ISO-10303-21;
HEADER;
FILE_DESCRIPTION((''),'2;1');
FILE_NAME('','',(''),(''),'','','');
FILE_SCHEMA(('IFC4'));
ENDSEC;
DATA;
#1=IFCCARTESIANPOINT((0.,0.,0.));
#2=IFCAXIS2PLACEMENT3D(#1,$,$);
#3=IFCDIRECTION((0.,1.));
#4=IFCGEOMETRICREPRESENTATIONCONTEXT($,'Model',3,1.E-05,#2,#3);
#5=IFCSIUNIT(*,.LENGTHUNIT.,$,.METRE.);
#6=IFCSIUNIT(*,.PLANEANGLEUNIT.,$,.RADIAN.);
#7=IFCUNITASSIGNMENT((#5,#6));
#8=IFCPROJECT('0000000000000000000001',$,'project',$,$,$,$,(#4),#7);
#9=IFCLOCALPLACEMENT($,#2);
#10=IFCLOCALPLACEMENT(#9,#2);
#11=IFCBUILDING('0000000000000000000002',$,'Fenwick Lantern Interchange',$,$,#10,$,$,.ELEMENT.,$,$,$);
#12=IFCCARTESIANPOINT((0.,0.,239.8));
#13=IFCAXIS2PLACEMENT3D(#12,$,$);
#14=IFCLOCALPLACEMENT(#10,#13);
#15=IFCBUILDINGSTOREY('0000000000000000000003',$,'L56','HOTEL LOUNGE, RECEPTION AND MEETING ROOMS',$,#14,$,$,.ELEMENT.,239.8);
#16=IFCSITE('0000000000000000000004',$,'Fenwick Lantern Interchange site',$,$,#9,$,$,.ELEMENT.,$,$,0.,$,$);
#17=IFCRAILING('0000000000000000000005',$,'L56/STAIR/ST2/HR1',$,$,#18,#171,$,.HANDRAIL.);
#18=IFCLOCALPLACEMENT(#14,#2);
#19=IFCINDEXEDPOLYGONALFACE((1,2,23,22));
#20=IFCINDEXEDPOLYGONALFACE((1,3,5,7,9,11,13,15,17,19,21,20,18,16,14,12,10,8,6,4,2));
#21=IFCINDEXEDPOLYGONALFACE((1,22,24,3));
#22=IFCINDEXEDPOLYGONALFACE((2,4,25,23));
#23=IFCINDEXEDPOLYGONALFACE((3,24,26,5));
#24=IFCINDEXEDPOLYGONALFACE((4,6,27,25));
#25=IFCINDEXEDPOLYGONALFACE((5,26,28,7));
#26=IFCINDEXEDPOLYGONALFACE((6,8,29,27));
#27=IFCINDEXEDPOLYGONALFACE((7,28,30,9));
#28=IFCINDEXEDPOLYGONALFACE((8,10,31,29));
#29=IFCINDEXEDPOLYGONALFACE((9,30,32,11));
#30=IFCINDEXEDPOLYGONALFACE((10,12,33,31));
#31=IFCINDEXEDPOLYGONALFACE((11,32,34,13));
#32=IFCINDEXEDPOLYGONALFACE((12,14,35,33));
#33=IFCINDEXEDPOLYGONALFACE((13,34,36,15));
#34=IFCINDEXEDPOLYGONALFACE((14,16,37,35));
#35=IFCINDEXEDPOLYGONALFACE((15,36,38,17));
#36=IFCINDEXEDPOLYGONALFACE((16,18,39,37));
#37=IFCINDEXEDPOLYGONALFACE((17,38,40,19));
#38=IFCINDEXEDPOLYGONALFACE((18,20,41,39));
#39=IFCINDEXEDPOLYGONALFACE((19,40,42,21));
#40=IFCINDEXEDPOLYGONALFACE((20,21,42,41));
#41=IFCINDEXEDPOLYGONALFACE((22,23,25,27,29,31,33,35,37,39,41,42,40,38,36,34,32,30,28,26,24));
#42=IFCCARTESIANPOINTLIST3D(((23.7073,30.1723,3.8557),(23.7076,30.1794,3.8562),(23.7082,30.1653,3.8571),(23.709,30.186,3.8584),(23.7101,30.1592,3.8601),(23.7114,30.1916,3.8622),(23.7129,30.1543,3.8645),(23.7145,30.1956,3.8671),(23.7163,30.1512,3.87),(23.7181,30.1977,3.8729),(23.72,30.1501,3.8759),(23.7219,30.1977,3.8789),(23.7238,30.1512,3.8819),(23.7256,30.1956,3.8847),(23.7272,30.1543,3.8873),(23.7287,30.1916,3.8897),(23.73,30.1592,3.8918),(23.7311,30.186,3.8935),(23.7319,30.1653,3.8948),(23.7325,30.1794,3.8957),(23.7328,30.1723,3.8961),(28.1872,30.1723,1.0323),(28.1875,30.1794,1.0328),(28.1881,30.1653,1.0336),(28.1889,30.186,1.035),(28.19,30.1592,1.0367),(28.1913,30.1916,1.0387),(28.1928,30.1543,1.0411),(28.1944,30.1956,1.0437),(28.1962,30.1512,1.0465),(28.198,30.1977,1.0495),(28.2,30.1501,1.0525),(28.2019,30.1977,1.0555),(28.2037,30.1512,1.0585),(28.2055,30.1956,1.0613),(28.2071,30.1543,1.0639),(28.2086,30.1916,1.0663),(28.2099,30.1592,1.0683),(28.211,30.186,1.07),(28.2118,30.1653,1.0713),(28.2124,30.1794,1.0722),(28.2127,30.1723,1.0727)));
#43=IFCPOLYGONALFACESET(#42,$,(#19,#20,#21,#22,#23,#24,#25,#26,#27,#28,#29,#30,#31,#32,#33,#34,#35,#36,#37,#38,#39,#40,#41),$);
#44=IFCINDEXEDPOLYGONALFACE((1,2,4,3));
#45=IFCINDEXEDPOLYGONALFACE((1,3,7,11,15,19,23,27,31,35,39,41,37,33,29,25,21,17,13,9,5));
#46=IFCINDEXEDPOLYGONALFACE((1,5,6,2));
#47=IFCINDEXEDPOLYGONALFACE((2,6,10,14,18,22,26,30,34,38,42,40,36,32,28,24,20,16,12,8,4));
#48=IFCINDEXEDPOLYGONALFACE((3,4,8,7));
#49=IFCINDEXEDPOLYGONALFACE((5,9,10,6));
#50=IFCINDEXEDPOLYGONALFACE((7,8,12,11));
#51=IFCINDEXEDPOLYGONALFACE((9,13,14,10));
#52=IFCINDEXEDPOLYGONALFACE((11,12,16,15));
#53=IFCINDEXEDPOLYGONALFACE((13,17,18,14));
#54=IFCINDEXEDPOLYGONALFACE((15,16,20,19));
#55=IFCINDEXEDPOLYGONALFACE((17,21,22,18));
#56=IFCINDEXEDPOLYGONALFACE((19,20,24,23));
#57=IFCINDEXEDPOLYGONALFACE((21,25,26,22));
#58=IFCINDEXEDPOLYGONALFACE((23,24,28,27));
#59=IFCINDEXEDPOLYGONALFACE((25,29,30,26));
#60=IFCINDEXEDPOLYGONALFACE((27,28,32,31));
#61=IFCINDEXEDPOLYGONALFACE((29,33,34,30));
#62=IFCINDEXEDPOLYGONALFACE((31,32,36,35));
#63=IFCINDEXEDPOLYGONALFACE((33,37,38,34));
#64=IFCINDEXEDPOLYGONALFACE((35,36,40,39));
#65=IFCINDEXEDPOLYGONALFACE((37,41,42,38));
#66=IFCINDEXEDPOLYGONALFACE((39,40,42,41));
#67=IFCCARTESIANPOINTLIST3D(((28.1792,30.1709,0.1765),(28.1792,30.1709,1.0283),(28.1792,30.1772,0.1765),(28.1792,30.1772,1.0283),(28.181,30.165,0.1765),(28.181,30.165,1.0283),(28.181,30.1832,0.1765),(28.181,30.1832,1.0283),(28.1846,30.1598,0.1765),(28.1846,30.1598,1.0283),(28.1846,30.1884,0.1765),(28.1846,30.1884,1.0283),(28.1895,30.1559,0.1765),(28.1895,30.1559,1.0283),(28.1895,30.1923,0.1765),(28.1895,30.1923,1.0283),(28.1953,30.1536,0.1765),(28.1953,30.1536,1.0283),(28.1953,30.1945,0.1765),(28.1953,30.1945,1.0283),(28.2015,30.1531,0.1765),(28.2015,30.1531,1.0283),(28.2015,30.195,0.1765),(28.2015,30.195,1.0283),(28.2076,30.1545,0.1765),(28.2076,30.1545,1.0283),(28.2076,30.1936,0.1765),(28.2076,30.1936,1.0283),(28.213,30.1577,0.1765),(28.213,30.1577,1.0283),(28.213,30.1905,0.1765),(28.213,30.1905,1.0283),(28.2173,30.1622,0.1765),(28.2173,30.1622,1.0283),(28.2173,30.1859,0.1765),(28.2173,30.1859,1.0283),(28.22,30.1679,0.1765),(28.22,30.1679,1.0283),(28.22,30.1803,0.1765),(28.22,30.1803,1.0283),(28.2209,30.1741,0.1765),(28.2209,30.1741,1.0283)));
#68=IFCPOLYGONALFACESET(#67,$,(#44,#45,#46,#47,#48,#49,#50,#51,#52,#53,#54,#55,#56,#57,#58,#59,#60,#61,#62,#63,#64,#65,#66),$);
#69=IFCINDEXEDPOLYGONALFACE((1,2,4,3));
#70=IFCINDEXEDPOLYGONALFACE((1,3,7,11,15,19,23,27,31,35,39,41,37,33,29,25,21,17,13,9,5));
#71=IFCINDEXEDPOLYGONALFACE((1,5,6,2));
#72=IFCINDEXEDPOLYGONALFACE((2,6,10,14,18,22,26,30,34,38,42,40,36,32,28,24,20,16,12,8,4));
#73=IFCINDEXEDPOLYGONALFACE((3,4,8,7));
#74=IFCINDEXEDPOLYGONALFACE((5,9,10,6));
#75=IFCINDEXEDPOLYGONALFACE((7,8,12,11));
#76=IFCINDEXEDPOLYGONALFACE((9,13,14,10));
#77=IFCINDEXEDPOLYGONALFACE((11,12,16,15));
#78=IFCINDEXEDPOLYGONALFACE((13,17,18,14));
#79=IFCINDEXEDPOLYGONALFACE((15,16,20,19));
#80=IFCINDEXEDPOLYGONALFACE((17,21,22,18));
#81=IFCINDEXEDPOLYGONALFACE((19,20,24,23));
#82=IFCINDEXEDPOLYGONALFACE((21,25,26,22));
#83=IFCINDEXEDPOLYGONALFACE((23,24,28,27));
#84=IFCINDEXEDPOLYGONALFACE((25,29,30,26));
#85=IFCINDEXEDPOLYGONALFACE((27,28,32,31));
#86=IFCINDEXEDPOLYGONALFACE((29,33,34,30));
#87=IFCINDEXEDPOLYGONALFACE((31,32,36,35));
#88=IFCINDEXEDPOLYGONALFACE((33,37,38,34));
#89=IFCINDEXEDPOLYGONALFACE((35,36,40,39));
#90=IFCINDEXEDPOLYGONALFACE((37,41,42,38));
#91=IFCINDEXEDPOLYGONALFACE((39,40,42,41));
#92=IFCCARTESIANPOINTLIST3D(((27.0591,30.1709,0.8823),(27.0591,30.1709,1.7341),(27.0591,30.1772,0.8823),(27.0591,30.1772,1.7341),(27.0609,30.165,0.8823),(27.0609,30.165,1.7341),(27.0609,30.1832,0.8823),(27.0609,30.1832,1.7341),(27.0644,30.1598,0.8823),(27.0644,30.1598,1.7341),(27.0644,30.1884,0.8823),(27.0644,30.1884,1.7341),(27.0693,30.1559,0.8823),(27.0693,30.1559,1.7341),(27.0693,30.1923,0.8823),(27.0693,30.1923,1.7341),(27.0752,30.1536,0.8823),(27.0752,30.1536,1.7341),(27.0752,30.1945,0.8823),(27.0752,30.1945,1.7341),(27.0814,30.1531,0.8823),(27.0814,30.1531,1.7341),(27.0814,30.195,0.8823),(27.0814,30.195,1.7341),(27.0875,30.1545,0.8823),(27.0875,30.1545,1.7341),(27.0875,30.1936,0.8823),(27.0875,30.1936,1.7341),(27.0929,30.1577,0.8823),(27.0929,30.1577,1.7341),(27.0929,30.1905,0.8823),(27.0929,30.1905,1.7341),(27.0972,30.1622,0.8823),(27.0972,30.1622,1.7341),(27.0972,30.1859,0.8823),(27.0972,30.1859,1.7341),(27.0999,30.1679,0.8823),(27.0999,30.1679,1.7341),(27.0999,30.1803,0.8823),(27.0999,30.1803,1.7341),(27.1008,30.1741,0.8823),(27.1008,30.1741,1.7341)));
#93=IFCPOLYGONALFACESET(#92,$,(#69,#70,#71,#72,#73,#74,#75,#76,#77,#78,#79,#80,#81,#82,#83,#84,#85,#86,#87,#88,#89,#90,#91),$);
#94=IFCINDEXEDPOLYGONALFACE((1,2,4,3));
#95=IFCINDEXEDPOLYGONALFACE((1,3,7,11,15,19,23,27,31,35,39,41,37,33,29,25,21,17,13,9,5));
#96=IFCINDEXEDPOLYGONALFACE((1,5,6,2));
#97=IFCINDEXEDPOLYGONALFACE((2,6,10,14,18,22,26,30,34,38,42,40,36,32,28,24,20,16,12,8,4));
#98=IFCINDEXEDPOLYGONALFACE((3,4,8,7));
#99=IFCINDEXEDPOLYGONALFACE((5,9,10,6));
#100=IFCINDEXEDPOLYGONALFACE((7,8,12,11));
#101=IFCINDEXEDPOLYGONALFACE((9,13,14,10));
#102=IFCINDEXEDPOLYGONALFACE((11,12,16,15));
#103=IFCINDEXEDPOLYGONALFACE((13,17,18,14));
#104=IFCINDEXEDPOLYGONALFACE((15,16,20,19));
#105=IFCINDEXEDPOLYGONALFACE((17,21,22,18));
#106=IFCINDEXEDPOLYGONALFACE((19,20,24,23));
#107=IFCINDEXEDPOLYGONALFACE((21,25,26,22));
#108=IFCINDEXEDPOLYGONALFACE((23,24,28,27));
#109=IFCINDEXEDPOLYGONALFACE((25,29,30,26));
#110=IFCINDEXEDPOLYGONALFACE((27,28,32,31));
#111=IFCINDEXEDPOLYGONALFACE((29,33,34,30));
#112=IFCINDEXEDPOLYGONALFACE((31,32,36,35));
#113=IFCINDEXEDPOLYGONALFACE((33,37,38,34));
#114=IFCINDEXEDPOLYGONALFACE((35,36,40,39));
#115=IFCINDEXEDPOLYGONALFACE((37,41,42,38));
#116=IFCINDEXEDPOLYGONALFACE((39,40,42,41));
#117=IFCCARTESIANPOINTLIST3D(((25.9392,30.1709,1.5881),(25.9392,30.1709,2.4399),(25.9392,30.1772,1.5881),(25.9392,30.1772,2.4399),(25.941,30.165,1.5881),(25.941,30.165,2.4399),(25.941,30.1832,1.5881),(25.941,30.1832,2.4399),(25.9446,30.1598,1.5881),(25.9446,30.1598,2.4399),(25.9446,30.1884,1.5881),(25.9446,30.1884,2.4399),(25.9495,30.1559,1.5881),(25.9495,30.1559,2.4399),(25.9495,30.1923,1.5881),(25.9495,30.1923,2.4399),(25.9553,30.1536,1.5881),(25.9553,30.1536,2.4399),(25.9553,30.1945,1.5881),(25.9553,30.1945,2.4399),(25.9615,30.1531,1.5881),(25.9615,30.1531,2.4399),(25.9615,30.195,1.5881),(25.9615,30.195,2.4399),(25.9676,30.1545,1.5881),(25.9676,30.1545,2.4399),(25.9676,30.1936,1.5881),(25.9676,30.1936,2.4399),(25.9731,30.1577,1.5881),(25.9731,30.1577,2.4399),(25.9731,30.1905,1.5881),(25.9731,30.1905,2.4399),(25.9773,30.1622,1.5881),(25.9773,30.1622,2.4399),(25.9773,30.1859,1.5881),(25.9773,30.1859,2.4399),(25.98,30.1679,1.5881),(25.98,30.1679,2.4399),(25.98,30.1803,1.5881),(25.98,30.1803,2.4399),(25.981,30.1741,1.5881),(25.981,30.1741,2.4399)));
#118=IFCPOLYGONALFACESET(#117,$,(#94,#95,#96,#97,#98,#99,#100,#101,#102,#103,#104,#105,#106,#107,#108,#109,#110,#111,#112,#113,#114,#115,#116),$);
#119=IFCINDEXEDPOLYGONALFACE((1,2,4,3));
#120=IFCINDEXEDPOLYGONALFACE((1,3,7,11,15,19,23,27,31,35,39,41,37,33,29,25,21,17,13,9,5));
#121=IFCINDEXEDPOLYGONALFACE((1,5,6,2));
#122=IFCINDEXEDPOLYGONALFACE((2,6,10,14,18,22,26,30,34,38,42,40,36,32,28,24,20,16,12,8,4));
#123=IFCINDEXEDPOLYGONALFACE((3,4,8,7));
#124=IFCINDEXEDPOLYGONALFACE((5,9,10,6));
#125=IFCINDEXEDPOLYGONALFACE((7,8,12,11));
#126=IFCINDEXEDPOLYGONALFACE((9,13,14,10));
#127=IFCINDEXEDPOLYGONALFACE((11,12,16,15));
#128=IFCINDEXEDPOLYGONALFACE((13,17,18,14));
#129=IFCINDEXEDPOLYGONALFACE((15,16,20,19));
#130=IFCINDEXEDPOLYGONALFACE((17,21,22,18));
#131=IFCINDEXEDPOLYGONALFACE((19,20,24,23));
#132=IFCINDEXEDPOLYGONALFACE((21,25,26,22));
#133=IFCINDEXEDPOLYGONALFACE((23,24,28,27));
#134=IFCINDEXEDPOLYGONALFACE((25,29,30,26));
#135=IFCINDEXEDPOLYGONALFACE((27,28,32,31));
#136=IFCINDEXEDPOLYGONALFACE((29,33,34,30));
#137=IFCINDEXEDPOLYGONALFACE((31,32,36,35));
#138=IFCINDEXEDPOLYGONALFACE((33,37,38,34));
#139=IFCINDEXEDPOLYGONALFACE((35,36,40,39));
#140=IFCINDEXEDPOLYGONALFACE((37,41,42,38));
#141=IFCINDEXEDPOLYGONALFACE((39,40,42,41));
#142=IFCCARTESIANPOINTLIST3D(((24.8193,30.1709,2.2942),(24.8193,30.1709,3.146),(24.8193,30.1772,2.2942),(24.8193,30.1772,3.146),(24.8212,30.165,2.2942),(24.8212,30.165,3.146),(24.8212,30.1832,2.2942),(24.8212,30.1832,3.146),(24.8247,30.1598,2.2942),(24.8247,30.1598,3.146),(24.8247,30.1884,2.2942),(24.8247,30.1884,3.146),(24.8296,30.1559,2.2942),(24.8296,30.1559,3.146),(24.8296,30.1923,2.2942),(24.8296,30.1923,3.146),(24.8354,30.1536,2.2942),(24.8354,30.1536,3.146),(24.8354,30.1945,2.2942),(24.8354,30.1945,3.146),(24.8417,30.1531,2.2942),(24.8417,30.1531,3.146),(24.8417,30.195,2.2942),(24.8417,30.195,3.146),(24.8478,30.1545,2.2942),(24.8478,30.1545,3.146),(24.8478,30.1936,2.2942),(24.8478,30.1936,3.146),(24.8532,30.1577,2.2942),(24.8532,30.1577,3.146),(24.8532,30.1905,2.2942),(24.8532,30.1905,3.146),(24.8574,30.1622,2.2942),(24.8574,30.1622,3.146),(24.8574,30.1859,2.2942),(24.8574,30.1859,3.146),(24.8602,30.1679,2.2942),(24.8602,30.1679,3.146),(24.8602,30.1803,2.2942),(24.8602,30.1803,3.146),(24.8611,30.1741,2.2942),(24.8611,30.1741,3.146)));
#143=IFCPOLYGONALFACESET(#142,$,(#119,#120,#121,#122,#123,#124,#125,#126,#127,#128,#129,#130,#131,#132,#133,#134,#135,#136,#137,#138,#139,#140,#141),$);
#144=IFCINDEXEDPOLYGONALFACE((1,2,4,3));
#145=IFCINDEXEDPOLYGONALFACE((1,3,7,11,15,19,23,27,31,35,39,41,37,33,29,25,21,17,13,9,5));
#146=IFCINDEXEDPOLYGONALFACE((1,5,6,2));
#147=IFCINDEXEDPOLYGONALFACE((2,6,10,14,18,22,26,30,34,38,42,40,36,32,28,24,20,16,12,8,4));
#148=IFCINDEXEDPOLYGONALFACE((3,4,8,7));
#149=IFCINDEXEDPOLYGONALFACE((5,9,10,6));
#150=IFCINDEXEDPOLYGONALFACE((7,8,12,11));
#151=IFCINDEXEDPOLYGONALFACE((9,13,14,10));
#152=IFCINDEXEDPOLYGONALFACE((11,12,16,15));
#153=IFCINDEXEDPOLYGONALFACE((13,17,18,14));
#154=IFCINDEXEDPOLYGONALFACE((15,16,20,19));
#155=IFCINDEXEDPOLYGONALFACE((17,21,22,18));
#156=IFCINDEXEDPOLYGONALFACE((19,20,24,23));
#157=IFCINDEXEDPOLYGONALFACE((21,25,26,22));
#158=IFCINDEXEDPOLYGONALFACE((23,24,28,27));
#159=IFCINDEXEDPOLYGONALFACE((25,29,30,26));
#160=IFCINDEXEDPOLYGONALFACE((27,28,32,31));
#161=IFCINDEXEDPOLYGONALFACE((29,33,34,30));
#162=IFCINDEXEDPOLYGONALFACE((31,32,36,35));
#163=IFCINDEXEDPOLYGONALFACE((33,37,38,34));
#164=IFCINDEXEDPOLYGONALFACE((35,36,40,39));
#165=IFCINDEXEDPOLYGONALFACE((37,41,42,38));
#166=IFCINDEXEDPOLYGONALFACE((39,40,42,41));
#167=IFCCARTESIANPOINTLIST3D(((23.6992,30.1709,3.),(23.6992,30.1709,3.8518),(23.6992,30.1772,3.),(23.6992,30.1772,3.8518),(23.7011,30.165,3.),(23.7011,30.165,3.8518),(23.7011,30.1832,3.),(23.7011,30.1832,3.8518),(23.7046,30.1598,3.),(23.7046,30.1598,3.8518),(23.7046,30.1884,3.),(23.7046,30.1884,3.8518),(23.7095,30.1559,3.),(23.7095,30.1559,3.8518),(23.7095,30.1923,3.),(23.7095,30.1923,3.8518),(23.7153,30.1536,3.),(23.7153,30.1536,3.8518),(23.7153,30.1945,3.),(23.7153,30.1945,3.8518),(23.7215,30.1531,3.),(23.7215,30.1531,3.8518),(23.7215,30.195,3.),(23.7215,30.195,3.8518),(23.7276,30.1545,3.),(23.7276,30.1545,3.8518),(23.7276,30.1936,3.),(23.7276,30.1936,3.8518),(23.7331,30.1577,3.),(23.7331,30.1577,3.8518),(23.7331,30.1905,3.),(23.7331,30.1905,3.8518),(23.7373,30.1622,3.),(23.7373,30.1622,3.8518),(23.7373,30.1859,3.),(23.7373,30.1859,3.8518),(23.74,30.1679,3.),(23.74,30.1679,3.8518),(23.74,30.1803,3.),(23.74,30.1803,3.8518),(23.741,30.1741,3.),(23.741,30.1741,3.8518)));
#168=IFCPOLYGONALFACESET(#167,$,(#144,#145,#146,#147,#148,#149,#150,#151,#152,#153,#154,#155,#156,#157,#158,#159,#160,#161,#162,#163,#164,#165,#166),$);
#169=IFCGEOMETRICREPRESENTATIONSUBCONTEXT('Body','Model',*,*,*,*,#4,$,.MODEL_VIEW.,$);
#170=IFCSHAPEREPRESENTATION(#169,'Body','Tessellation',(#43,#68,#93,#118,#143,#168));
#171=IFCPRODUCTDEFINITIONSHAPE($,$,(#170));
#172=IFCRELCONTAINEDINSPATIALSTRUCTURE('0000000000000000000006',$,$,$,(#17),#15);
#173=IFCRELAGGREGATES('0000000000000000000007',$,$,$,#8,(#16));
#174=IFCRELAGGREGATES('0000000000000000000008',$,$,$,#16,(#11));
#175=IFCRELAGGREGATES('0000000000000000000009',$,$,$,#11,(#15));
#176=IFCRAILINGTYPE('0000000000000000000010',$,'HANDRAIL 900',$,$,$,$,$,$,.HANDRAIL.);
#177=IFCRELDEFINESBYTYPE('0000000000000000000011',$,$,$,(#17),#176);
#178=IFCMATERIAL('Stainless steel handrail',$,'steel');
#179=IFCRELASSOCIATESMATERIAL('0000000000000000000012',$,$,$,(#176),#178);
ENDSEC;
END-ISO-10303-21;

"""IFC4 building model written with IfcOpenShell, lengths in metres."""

from ifc_helpers import new_model, si_unit, direction, frame, origin, origin_2d, place, context, subcontext, project, spatial, circle, extrude, material, type_object, element, save


model = new_model("IFC4")

# Units and contexts
model_context = context("Model", 3, precision=1e-05, world=origin(), true_north=direction((0.0, 1.0)))
body_context = subcontext(model_context, "Body", "Model", "MODEL_VIEW")
ifc_project = project(units=[si_unit("LENGTHUNIT", "METRE"), si_unit("PLANEANGLEUNIT", "RADIAN")], contexts=[model_context])

# Site, building, storey
site_placement = place(None, origin())
site = spatial("IfcSite", under=ifc_project, at=site_placement, Name="Fenwick Lantern Interchange site", CompositionType="ELEMENT", RefElevation=0.0)
building_placement = place(site_placement, origin())
building = spatial("IfcBuilding", under=site, at=building_placement, Name="Fenwick Lantern Interchange", CompositionType="ELEMENT")
storey_placement = place(building_placement, frame((0.0, 0.0, 239.8)))
storey = spatial("IfcBuildingStorey", under=building, at=storey_placement, Name="L56", Description="HOTEL LOUNGE, RECEPTION AND MEETING ROOMS", CompositionType="ELEMENT", Elevation=239.8)

# Railing
ifc_material_1 = material(Name="Stainless steel handrail", Category="steel")
railing_type = type_object("IfcRailingType", Name="HANDRAIL 900", PredefinedType="HANDRAIL", material=ifc_material_1)
railing_1_placement = place(storey_placement, frame((28.2, 30.1741, 0.1765)))
element("IfcRailing", 1, at=railing_1_placement, inside=storey, type_object=railing_type, Name="L56/STAIR/ST2/HR1", PredefinedType="HANDRAIL", context=body_context, shape_type="SweptSolid", body=[
    extrude(circle(Radius=0.0239, at=origin_2d()), frame((0.0, 0.0, 0.876), z_axis=(-0.845998, 0.0, 0.533186), x_axis=(0.0, -1.0, 0.0)), (0.0, 0.0, 1.0), 5.2954),
    extrude(circle(Radius=0.021, at=origin_2d()), origin(), (0.0, 0.0, 1.0), 0.8518),
    extrude(circle(Radius=0.021, at=origin_2d()), frame((-1.1201, 0.0, 0.7058)), (0.0, 0.0, 1.0), 0.8518),
    extrude(circle(Radius=0.021, at=origin_2d()), frame((-2.24, 0.0, 1.4116)), (0.0, 0.0, 1.0), 0.8518),
    extrude(circle(Radius=0.021, at=origin_2d()), frame((-3.3599, 0.0, 2.1177)), (0.0, 0.0, 1.0), 0.8518),
    extrude(circle(Radius=0.021, at=origin_2d()), frame((-4.48, 0.0, 2.8235)), (0.0, 0.0, 1.0), 0.8518),
])

save(model, "model.ifc")
